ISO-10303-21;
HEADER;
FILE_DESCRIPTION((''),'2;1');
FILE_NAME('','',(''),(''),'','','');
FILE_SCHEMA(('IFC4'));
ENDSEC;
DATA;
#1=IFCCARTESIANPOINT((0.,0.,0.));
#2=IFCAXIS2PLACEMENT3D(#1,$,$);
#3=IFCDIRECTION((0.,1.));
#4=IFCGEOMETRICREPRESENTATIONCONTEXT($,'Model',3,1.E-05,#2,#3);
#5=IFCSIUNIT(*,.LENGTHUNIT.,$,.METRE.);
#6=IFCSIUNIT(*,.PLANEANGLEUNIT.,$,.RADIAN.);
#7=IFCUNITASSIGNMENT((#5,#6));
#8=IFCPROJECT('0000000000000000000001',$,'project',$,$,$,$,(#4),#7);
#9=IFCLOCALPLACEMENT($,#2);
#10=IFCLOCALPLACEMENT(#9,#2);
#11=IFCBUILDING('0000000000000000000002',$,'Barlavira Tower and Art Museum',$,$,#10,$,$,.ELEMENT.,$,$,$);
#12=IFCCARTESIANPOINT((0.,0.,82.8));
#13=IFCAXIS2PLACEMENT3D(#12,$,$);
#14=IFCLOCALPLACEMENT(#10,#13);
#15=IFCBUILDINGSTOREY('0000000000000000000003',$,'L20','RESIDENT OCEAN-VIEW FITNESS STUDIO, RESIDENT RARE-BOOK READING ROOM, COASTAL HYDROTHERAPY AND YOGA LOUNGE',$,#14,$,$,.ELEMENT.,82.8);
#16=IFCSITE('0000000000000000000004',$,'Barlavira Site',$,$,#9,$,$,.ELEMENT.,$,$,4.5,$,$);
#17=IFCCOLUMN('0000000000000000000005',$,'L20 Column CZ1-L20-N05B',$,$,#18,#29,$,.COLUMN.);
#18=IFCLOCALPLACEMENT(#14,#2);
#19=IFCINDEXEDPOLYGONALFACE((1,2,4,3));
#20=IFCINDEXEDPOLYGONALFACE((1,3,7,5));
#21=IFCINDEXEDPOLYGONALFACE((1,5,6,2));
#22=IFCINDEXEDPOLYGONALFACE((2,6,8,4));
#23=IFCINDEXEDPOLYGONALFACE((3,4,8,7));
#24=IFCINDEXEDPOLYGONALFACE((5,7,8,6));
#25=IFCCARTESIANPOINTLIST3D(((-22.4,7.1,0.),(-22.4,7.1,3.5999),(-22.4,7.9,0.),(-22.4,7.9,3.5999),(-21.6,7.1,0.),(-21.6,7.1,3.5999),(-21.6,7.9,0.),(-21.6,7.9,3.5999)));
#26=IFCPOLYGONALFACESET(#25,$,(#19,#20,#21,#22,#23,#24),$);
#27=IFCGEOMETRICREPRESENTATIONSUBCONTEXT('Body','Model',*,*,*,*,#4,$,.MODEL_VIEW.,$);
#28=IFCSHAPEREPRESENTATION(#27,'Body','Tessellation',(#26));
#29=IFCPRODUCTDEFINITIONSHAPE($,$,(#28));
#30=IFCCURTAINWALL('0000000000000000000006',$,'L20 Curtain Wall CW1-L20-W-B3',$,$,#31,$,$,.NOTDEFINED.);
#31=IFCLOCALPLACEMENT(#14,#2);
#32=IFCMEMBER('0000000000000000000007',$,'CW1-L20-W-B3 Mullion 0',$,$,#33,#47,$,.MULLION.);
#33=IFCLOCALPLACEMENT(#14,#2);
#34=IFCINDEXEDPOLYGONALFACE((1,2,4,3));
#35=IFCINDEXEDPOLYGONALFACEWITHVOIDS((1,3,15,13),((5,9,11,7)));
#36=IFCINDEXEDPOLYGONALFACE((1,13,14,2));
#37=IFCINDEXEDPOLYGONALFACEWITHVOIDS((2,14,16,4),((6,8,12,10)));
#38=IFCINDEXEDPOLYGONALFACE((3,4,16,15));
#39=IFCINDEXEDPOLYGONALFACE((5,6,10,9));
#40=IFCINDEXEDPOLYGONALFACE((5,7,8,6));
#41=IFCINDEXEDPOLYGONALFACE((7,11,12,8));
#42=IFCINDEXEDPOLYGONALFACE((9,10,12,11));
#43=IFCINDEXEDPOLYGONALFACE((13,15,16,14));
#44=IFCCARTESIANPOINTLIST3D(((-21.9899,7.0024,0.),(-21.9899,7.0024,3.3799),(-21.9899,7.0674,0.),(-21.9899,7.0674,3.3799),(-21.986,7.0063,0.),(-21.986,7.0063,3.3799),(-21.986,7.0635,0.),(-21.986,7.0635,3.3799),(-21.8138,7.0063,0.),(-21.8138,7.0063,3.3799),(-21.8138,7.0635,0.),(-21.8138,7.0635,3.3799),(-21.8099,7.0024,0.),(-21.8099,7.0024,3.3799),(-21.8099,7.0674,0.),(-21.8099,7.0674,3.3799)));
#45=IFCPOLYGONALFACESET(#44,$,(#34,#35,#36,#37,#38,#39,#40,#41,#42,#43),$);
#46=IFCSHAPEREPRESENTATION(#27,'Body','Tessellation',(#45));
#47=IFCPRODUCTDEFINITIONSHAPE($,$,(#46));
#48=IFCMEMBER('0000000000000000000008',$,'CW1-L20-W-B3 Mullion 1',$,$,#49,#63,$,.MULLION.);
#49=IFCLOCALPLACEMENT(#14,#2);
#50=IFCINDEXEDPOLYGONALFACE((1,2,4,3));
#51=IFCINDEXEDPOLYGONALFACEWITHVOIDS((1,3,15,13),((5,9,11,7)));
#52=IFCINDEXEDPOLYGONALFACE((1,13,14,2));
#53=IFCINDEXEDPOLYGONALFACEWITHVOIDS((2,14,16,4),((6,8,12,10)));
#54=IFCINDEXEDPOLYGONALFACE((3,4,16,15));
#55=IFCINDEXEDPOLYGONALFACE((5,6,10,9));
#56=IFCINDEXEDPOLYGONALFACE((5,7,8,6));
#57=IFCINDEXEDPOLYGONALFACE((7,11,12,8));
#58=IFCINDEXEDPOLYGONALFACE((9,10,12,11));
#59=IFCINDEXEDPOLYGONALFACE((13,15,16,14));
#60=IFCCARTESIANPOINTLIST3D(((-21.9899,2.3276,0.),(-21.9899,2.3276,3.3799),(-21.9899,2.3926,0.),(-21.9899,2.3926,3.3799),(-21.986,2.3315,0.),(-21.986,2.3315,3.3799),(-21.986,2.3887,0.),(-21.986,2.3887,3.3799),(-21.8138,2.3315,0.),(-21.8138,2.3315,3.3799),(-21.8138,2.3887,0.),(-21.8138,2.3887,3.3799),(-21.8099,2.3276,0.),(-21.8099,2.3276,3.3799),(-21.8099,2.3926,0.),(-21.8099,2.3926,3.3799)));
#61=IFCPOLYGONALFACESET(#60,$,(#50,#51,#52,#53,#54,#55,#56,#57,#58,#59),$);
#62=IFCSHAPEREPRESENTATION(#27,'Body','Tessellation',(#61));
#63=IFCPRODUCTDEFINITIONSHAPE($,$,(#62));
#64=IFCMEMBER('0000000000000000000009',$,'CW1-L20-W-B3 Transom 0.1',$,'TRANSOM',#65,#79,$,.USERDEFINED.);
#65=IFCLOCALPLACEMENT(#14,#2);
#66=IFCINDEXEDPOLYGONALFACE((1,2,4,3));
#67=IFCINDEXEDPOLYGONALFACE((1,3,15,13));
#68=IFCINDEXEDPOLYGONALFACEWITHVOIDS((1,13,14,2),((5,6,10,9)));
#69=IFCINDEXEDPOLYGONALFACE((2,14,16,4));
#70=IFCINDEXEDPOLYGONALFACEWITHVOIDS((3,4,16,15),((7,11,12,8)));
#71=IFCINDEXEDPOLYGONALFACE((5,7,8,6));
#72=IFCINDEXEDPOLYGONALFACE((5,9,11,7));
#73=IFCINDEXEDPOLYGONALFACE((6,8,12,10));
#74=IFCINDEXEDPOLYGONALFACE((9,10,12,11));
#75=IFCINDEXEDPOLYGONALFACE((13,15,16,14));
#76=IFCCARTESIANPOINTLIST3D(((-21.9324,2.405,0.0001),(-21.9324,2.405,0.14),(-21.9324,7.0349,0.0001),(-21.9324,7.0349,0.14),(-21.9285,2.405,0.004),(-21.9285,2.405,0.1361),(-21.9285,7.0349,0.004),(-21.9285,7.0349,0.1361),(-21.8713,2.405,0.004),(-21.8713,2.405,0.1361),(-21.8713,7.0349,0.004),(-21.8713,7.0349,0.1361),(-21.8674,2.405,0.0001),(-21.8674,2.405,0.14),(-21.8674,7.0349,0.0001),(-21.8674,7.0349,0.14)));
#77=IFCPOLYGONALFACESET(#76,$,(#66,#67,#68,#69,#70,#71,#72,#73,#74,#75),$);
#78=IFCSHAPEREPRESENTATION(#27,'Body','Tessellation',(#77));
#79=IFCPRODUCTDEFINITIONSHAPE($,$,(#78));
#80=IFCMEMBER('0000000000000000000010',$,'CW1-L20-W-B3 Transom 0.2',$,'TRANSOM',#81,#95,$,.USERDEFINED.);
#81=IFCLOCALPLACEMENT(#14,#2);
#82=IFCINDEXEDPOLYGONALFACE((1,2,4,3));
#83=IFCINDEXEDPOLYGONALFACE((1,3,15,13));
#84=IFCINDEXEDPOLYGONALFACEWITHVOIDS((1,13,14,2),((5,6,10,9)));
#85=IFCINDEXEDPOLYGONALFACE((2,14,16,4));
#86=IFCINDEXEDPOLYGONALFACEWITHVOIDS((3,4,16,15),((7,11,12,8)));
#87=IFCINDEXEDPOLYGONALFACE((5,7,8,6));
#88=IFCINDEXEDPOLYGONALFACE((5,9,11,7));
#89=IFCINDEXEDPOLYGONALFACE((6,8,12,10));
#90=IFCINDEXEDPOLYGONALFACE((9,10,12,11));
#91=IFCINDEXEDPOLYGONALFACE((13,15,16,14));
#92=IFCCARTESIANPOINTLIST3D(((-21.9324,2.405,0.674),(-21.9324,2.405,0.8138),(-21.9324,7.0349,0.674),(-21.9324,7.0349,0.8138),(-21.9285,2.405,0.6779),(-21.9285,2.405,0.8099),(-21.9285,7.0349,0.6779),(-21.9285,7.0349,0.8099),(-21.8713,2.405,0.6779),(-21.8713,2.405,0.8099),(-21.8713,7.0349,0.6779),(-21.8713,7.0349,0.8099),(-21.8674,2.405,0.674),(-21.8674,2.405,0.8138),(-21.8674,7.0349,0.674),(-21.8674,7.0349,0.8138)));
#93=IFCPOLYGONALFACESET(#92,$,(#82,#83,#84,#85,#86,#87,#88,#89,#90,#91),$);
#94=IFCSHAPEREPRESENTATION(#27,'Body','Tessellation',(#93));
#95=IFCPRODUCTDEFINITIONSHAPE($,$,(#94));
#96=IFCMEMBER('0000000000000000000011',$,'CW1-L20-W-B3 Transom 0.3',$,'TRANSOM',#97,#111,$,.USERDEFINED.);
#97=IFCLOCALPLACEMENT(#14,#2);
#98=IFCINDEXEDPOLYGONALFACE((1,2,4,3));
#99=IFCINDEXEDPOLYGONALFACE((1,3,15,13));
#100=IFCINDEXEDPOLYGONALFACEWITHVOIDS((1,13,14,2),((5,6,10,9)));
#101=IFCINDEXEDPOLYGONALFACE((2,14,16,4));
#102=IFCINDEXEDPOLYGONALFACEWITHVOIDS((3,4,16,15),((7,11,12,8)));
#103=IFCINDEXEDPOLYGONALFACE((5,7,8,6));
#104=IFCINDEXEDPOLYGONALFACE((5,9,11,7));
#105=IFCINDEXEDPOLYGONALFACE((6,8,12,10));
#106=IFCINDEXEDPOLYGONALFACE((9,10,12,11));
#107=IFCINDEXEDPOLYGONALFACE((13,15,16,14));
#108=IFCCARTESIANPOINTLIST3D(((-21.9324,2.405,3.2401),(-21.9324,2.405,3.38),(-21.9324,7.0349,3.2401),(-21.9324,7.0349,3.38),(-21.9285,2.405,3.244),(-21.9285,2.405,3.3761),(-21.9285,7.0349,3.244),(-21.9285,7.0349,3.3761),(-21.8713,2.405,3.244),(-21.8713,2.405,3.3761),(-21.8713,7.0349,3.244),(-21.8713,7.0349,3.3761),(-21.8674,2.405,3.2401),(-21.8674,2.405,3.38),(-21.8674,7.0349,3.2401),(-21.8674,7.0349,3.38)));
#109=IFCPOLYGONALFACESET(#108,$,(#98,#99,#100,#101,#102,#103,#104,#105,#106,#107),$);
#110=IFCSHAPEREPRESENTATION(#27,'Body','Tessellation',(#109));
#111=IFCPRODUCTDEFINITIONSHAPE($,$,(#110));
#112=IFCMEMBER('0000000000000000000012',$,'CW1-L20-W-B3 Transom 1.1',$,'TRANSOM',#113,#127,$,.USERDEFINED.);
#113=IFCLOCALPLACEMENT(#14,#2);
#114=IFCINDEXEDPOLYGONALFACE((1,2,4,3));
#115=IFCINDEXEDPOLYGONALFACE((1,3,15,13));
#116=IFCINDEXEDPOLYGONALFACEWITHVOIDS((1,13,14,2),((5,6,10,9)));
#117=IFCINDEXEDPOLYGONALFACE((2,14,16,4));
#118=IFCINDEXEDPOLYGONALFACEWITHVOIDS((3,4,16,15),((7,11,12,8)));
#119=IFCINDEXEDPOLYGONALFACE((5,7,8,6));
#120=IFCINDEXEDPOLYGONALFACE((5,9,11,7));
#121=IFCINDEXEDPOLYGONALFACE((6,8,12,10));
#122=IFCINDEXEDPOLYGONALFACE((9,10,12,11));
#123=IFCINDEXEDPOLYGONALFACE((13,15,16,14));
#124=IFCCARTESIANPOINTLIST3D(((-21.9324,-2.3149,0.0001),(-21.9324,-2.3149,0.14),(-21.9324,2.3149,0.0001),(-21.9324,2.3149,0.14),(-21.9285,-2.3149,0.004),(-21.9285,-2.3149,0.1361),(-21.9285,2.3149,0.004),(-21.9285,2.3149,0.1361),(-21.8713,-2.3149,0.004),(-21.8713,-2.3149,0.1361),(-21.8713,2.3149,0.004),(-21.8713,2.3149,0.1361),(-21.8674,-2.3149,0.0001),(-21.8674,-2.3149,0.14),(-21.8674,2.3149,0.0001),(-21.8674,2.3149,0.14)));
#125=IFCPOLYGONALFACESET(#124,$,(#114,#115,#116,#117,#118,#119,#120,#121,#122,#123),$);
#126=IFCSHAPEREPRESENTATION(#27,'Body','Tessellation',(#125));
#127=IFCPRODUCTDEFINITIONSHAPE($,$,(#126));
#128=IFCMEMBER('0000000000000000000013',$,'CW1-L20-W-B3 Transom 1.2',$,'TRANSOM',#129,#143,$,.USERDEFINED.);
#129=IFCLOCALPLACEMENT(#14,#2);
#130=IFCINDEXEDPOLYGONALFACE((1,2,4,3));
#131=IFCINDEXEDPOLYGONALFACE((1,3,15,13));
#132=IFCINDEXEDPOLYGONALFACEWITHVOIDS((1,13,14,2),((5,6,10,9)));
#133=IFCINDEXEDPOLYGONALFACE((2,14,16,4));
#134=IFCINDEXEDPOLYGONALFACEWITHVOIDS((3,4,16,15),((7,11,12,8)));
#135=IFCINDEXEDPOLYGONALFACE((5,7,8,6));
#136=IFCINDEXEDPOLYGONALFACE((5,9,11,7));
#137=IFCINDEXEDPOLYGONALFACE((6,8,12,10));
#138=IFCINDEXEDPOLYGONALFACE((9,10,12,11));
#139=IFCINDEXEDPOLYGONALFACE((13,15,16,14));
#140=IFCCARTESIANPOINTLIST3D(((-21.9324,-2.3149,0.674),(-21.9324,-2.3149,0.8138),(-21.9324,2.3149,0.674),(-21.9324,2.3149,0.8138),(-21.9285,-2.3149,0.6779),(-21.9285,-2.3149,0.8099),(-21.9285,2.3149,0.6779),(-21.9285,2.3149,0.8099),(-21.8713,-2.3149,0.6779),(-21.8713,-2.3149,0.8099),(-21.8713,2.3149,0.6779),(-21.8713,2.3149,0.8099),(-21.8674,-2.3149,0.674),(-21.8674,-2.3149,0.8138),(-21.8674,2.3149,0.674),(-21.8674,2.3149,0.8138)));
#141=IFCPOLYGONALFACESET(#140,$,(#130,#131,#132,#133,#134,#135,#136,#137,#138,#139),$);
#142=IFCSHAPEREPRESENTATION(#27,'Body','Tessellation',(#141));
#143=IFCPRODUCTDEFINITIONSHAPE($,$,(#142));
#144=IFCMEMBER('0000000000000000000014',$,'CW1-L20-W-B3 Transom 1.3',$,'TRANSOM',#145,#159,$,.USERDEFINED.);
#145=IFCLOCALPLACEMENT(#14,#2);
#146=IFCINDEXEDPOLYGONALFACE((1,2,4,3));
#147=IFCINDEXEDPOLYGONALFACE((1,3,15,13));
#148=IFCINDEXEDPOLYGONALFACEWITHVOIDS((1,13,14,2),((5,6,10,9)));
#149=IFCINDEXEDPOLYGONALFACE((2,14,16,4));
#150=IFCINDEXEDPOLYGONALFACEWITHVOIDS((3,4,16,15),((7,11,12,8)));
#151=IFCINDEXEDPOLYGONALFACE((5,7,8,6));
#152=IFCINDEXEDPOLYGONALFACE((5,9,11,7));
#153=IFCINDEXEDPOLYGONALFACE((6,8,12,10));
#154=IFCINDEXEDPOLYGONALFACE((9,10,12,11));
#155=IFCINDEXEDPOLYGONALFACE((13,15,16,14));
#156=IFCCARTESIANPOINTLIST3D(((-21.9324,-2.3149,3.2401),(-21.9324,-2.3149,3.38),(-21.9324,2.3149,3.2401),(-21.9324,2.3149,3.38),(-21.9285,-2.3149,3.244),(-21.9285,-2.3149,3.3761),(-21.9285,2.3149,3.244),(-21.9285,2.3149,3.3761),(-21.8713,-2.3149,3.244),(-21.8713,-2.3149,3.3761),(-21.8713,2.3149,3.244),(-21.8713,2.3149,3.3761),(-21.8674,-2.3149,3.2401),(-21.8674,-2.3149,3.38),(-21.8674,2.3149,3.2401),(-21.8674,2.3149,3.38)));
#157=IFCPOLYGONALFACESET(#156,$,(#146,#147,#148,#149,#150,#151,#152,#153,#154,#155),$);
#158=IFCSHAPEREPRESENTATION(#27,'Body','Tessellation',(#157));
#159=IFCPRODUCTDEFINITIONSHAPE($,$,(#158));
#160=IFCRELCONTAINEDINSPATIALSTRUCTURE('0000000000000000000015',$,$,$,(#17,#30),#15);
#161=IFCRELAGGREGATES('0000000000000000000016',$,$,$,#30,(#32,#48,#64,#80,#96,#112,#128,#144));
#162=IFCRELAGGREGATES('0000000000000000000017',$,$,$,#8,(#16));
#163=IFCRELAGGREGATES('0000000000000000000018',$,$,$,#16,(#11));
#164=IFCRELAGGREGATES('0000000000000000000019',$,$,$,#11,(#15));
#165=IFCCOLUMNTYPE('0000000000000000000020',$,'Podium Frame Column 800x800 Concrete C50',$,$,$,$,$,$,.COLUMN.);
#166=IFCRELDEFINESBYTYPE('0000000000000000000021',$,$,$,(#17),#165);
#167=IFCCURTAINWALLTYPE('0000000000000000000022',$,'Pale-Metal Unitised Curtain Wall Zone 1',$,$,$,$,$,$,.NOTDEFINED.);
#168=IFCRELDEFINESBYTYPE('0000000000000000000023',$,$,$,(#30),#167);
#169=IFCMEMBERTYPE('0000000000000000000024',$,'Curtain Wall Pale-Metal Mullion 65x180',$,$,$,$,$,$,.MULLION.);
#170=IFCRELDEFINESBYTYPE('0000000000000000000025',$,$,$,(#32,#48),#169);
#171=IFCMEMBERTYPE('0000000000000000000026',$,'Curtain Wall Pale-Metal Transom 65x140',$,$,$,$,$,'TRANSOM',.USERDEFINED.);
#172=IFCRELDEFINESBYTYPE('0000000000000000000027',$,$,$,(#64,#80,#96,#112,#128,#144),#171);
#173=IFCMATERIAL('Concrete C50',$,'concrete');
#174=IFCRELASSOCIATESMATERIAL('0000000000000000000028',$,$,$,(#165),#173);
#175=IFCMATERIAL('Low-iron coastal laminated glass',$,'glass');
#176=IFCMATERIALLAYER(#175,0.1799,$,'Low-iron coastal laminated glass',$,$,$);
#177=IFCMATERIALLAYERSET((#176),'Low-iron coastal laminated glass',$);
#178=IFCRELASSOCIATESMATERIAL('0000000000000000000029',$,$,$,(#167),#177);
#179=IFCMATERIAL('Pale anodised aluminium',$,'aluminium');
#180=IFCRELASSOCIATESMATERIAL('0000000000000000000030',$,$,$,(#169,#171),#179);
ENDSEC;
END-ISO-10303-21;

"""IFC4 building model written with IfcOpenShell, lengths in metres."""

from ifc_helpers import new_model, si_unit, direction, frame, origin, origin_2d, place, context, subcontext, project, spatial, rectangle, hollow_rectangle, extrude, material, layer, layer_set, material_profile, profile_set, type_object, element, aggregate, save


model = new_model("IFC4")

# Units and contexts
model_context = context("Model", 3, precision=1e-05, world=origin(), true_north=direction((0.0, 1.0)))
body_context = subcontext(model_context, "Body", "Model", "MODEL_VIEW")
ifc_project = project(units=[si_unit("LENGTHUNIT", "METRE"), si_unit("PLANEANGLEUNIT", "RADIAN")], contexts=[model_context])

# Site, building, storey
site_placement = place(None, origin())
site = spatial("IfcSite", under=ifc_project, at=site_placement, Name="Barlavira Site", CompositionType="ELEMENT", RefElevation=4.5)
building_placement = place(site_placement, origin())
building = spatial("IfcBuilding", under=site, at=building_placement, Name="Barlavira Tower and Art Museum", CompositionType="ELEMENT")
storey_placement = place(building_placement, frame((0.0, 0.0, 82.8)))
storey = spatial("IfcBuildingStorey", under=building, at=storey_placement, Name="L20", Description="RESIDENT OCEAN-VIEW FITNESS STUDIO, RESIDENT RARE-BOOK READING ROOM, COASTAL HYDROTHERAPY AND YOGA LOUNGE", CompositionType="ELEMENT", Elevation=82.8)

# Column
ifc_material_1 = material(Name="Concrete C50", Category="concrete")
ifc_material_profile_1 = material_profile(ifc_material_1, rectangle(XDim=0.8, YDim=0.8, at=origin_2d()), Name="RC-COL 800x800")
ifc_profile_set_1 = profile_set([ifc_material_profile_1], Name="Concrete C50")
column_type = type_object("IfcColumnType", Name="Podium Frame Column 800x800 Concrete C50", PredefinedType="COLUMN", material=ifc_profile_set_1)
column_placement = place(storey_placement, frame((-22.0, 7.5, 0.0), z_axis=(0.0, 0.0, 1.0), x_axis=(1.0, 0.0, 0.0)))
element("IfcColumn", 1, at=column_placement, inside=storey, type_object=column_type, Name="L20 Column CZ1-L20-N05B", PredefinedType="COLUMN", context=body_context, shape_type="SweptSolid", body=[
    extrude(rectangle(XDim=0.8, YDim=0.8, at=origin_2d()), origin(), (0.0, 0.0, 1.0), 3.5999),
])

# Curtain wall, members
ifc_material_2 = material(Name="Low-iron coastal laminated glass", Category="glass")
ifc_layer_1 = layer(ifc_material_2, 0.1799, Name="Low-iron coastal laminated glass")
ifc_layer_set_1 = layer_set([ifc_layer_1], Name="Low-iron coastal laminated glass")
curtain_wall_type = type_object("IfcCurtainWallType", Name="Pale-Metal Unitised Curtain Wall Zone 1", PredefinedType="NOTDEFINED", material=ifc_layer_set_1)
curtain_wall_placement = place(storey_placement, origin())
curtain_wall = element("IfcCurtainWall", 2, at=curtain_wall_placement, inside=storey, type_object=curtain_wall_type, Name="L20 Curtain Wall CW1-L20-W-B3", PredefinedType="NOTDEFINED")
ifc_material_3 = material(Name="Pale anodised aluminium", Category="aluminium")
ifc_material_profile_2 = material_profile(ifc_material_3, hollow_rectangle(XDim=0.0649, YDim=0.1799, WallThickness=0.0039, at=origin_2d()), Name="ALU-MULL 65x180x4")
ifc_profile_set_2 = profile_set([ifc_material_profile_2], Name="Pale anodised aluminium")
member_type_1 = type_object("IfcMemberType", Name="Curtain Wall Pale-Metal Mullion 65x180", PredefinedType="MULLION", material=ifc_profile_set_2)
member_1_placement = place(storey_placement, frame((-21.8999, 7.0349, 0.0), z_axis=(0.0, 0.0, 1.0), x_axis=(0.0, -1.0, 0.0)))
member_1 = element("IfcMember", 3, at=member_1_placement, type_object=member_type_1, Name="CW1-L20-W-B3 Mullion 0", PredefinedType="MULLION", context=body_context, shape_type="SweptSolid", body=[
    extrude(hollow_rectangle(XDim=0.0649, YDim=0.1799, WallThickness=0.0039, at=origin_2d()), origin(), (0.0, 0.0, 1.0), 3.3799),
])
member_2_placement = place(storey_placement, frame((-21.8999, 2.3601, 0.0), z_axis=(0.0, 0.0, 1.0), x_axis=(0.0, -1.0, 0.0)))
member_2 = element("IfcMember", 4, at=member_2_placement, type_object=member_type_1, Name="CW1-L20-W-B3 Mullion 1", PredefinedType="MULLION", context=body_context, shape_type="SweptSolid", body=[
    extrude(hollow_rectangle(XDim=0.0649, YDim=0.1799, WallThickness=0.0039, at=origin_2d()), origin(), (0.0, 0.0, 1.0), 3.3799),
])
ifc_material_profile_3 = material_profile(ifc_material_3, hollow_rectangle(XDim=0.0649, YDim=0.1399, WallThickness=0.0039, at=origin_2d()), Name="ALU-TRAN 65x140x4")
ifc_profile_set_3 = profile_set([ifc_material_profile_3], Name="Pale anodised aluminium")
member_type_2 = type_object("IfcMemberType", Name="Curtain Wall Pale-Metal Transom 65x140", ElementType="TRANSOM", PredefinedType="USERDEFINED", material=ifc_profile_set_3)
member_3_placement = place(storey_placement, frame((-21.8999, 7.0349, 0.0701), z_axis=(0.0, -1.0, 0.0), x_axis=(1.0, 0.0, 0.0)))
member_3 = element("IfcMember", 5, at=member_3_placement, type_object=member_type_2, Name="CW1-L20-W-B3 Transom 0.1", ObjectType="TRANSOM", PredefinedType="USERDEFINED", context=body_context, shape_type="SweptSolid", body=[
    extrude(hollow_rectangle(XDim=0.0649, YDim=0.1399, WallThickness=0.0039, at=origin_2d()), origin(), (0.0, 0.0, 1.0), 4.6299),
])
member_4_placement = place(storey_placement, frame((-21.8999, 7.0349, 0.7439), z_axis=(0.0, -1.0, 0.0), x_axis=(1.0, 0.0, 0.0)))
member_4 = element("IfcMember", 6, at=member_4_placement, type_object=member_type_2, Name="CW1-L20-W-B3 Transom 0.2", ObjectType="TRANSOM", PredefinedType="USERDEFINED", context=body_context, shape_type="SweptSolid", body=[
    extrude(hollow_rectangle(XDim=0.0649, YDim=0.1399, WallThickness=0.0039, at=origin_2d()), origin(), (0.0, 0.0, 1.0), 4.6299),
])
member_5_placement = place(storey_placement, frame((-21.8999, 7.0349, 3.3101), z_axis=(0.0, -1.0, 0.0), x_axis=(1.0, 0.0, 0.0)))
member_5 = element("IfcMember", 7, at=member_5_placement, type_object=member_type_2, Name="CW1-L20-W-B3 Transom 0.3", ObjectType="TRANSOM", PredefinedType="USERDEFINED", context=body_context, shape_type="SweptSolid", body=[
    extrude(hollow_rectangle(XDim=0.0649, YDim=0.1399, WallThickness=0.0039, at=origin_2d()), origin(), (0.0, 0.0, 1.0), 4.6299),
])
member_6_placement = place(storey_placement, frame((-21.8999, 2.3149, 0.0701), z_axis=(0.0, -1.0, 0.0), x_axis=(1.0, 0.0, 0.0)))
member_6 = element("IfcMember", 8, at=member_6_placement, type_object=member_type_2, Name="CW1-L20-W-B3 Transom 1.1", ObjectType="TRANSOM", PredefinedType="USERDEFINED", context=body_context, shape_type="SweptSolid", body=[
    extrude(hollow_rectangle(XDim=0.0649, YDim=0.1399, WallThickness=0.0039, at=origin_2d()), origin(), (0.0, 0.0, 1.0), 4.6299),
])
member_7_placement = place(storey_placement, frame((-21.8999, 2.3149, 0.7439), z_axis=(0.0, -1.0, 0.0), x_axis=(1.0, 0.0, 0.0)))
member_7 = element("IfcMember", 9, at=member_7_placement, type_object=member_type_2, Name="CW1-L20-W-B3 Transom 1.2", ObjectType="TRANSOM", PredefinedType="USERDEFINED", context=body_context, shape_type="SweptSolid", body=[
    extrude(hollow_rectangle(XDim=0.0649, YDim=0.1399, WallThickness=0.0039, at=origin_2d()), origin(), (0.0, 0.0, 1.0), 4.6299),
])
member_8_placement = place(storey_placement, frame((-21.8999, 2.3149, 3.3101), z_axis=(0.0, -1.0, 0.0), x_axis=(1.0, 0.0, 0.0)))
member_8 = element("IfcMember", 10, at=member_8_placement, type_object=member_type_2, Name="CW1-L20-W-B3 Transom 1.3", ObjectType="TRANSOM", PredefinedType="USERDEFINED", context=body_context, shape_type="SweptSolid", body=[
    extrude(hollow_rectangle(XDim=0.0649, YDim=0.1399, WallThickness=0.0039, at=origin_2d()), origin(), (0.0, 0.0, 1.0), 4.6299),
])

aggregate(curtain_wall, [member_1, member_2, member_3, member_4, member_5, member_6, member_7, member_8])

save(model, "model.ifc")
